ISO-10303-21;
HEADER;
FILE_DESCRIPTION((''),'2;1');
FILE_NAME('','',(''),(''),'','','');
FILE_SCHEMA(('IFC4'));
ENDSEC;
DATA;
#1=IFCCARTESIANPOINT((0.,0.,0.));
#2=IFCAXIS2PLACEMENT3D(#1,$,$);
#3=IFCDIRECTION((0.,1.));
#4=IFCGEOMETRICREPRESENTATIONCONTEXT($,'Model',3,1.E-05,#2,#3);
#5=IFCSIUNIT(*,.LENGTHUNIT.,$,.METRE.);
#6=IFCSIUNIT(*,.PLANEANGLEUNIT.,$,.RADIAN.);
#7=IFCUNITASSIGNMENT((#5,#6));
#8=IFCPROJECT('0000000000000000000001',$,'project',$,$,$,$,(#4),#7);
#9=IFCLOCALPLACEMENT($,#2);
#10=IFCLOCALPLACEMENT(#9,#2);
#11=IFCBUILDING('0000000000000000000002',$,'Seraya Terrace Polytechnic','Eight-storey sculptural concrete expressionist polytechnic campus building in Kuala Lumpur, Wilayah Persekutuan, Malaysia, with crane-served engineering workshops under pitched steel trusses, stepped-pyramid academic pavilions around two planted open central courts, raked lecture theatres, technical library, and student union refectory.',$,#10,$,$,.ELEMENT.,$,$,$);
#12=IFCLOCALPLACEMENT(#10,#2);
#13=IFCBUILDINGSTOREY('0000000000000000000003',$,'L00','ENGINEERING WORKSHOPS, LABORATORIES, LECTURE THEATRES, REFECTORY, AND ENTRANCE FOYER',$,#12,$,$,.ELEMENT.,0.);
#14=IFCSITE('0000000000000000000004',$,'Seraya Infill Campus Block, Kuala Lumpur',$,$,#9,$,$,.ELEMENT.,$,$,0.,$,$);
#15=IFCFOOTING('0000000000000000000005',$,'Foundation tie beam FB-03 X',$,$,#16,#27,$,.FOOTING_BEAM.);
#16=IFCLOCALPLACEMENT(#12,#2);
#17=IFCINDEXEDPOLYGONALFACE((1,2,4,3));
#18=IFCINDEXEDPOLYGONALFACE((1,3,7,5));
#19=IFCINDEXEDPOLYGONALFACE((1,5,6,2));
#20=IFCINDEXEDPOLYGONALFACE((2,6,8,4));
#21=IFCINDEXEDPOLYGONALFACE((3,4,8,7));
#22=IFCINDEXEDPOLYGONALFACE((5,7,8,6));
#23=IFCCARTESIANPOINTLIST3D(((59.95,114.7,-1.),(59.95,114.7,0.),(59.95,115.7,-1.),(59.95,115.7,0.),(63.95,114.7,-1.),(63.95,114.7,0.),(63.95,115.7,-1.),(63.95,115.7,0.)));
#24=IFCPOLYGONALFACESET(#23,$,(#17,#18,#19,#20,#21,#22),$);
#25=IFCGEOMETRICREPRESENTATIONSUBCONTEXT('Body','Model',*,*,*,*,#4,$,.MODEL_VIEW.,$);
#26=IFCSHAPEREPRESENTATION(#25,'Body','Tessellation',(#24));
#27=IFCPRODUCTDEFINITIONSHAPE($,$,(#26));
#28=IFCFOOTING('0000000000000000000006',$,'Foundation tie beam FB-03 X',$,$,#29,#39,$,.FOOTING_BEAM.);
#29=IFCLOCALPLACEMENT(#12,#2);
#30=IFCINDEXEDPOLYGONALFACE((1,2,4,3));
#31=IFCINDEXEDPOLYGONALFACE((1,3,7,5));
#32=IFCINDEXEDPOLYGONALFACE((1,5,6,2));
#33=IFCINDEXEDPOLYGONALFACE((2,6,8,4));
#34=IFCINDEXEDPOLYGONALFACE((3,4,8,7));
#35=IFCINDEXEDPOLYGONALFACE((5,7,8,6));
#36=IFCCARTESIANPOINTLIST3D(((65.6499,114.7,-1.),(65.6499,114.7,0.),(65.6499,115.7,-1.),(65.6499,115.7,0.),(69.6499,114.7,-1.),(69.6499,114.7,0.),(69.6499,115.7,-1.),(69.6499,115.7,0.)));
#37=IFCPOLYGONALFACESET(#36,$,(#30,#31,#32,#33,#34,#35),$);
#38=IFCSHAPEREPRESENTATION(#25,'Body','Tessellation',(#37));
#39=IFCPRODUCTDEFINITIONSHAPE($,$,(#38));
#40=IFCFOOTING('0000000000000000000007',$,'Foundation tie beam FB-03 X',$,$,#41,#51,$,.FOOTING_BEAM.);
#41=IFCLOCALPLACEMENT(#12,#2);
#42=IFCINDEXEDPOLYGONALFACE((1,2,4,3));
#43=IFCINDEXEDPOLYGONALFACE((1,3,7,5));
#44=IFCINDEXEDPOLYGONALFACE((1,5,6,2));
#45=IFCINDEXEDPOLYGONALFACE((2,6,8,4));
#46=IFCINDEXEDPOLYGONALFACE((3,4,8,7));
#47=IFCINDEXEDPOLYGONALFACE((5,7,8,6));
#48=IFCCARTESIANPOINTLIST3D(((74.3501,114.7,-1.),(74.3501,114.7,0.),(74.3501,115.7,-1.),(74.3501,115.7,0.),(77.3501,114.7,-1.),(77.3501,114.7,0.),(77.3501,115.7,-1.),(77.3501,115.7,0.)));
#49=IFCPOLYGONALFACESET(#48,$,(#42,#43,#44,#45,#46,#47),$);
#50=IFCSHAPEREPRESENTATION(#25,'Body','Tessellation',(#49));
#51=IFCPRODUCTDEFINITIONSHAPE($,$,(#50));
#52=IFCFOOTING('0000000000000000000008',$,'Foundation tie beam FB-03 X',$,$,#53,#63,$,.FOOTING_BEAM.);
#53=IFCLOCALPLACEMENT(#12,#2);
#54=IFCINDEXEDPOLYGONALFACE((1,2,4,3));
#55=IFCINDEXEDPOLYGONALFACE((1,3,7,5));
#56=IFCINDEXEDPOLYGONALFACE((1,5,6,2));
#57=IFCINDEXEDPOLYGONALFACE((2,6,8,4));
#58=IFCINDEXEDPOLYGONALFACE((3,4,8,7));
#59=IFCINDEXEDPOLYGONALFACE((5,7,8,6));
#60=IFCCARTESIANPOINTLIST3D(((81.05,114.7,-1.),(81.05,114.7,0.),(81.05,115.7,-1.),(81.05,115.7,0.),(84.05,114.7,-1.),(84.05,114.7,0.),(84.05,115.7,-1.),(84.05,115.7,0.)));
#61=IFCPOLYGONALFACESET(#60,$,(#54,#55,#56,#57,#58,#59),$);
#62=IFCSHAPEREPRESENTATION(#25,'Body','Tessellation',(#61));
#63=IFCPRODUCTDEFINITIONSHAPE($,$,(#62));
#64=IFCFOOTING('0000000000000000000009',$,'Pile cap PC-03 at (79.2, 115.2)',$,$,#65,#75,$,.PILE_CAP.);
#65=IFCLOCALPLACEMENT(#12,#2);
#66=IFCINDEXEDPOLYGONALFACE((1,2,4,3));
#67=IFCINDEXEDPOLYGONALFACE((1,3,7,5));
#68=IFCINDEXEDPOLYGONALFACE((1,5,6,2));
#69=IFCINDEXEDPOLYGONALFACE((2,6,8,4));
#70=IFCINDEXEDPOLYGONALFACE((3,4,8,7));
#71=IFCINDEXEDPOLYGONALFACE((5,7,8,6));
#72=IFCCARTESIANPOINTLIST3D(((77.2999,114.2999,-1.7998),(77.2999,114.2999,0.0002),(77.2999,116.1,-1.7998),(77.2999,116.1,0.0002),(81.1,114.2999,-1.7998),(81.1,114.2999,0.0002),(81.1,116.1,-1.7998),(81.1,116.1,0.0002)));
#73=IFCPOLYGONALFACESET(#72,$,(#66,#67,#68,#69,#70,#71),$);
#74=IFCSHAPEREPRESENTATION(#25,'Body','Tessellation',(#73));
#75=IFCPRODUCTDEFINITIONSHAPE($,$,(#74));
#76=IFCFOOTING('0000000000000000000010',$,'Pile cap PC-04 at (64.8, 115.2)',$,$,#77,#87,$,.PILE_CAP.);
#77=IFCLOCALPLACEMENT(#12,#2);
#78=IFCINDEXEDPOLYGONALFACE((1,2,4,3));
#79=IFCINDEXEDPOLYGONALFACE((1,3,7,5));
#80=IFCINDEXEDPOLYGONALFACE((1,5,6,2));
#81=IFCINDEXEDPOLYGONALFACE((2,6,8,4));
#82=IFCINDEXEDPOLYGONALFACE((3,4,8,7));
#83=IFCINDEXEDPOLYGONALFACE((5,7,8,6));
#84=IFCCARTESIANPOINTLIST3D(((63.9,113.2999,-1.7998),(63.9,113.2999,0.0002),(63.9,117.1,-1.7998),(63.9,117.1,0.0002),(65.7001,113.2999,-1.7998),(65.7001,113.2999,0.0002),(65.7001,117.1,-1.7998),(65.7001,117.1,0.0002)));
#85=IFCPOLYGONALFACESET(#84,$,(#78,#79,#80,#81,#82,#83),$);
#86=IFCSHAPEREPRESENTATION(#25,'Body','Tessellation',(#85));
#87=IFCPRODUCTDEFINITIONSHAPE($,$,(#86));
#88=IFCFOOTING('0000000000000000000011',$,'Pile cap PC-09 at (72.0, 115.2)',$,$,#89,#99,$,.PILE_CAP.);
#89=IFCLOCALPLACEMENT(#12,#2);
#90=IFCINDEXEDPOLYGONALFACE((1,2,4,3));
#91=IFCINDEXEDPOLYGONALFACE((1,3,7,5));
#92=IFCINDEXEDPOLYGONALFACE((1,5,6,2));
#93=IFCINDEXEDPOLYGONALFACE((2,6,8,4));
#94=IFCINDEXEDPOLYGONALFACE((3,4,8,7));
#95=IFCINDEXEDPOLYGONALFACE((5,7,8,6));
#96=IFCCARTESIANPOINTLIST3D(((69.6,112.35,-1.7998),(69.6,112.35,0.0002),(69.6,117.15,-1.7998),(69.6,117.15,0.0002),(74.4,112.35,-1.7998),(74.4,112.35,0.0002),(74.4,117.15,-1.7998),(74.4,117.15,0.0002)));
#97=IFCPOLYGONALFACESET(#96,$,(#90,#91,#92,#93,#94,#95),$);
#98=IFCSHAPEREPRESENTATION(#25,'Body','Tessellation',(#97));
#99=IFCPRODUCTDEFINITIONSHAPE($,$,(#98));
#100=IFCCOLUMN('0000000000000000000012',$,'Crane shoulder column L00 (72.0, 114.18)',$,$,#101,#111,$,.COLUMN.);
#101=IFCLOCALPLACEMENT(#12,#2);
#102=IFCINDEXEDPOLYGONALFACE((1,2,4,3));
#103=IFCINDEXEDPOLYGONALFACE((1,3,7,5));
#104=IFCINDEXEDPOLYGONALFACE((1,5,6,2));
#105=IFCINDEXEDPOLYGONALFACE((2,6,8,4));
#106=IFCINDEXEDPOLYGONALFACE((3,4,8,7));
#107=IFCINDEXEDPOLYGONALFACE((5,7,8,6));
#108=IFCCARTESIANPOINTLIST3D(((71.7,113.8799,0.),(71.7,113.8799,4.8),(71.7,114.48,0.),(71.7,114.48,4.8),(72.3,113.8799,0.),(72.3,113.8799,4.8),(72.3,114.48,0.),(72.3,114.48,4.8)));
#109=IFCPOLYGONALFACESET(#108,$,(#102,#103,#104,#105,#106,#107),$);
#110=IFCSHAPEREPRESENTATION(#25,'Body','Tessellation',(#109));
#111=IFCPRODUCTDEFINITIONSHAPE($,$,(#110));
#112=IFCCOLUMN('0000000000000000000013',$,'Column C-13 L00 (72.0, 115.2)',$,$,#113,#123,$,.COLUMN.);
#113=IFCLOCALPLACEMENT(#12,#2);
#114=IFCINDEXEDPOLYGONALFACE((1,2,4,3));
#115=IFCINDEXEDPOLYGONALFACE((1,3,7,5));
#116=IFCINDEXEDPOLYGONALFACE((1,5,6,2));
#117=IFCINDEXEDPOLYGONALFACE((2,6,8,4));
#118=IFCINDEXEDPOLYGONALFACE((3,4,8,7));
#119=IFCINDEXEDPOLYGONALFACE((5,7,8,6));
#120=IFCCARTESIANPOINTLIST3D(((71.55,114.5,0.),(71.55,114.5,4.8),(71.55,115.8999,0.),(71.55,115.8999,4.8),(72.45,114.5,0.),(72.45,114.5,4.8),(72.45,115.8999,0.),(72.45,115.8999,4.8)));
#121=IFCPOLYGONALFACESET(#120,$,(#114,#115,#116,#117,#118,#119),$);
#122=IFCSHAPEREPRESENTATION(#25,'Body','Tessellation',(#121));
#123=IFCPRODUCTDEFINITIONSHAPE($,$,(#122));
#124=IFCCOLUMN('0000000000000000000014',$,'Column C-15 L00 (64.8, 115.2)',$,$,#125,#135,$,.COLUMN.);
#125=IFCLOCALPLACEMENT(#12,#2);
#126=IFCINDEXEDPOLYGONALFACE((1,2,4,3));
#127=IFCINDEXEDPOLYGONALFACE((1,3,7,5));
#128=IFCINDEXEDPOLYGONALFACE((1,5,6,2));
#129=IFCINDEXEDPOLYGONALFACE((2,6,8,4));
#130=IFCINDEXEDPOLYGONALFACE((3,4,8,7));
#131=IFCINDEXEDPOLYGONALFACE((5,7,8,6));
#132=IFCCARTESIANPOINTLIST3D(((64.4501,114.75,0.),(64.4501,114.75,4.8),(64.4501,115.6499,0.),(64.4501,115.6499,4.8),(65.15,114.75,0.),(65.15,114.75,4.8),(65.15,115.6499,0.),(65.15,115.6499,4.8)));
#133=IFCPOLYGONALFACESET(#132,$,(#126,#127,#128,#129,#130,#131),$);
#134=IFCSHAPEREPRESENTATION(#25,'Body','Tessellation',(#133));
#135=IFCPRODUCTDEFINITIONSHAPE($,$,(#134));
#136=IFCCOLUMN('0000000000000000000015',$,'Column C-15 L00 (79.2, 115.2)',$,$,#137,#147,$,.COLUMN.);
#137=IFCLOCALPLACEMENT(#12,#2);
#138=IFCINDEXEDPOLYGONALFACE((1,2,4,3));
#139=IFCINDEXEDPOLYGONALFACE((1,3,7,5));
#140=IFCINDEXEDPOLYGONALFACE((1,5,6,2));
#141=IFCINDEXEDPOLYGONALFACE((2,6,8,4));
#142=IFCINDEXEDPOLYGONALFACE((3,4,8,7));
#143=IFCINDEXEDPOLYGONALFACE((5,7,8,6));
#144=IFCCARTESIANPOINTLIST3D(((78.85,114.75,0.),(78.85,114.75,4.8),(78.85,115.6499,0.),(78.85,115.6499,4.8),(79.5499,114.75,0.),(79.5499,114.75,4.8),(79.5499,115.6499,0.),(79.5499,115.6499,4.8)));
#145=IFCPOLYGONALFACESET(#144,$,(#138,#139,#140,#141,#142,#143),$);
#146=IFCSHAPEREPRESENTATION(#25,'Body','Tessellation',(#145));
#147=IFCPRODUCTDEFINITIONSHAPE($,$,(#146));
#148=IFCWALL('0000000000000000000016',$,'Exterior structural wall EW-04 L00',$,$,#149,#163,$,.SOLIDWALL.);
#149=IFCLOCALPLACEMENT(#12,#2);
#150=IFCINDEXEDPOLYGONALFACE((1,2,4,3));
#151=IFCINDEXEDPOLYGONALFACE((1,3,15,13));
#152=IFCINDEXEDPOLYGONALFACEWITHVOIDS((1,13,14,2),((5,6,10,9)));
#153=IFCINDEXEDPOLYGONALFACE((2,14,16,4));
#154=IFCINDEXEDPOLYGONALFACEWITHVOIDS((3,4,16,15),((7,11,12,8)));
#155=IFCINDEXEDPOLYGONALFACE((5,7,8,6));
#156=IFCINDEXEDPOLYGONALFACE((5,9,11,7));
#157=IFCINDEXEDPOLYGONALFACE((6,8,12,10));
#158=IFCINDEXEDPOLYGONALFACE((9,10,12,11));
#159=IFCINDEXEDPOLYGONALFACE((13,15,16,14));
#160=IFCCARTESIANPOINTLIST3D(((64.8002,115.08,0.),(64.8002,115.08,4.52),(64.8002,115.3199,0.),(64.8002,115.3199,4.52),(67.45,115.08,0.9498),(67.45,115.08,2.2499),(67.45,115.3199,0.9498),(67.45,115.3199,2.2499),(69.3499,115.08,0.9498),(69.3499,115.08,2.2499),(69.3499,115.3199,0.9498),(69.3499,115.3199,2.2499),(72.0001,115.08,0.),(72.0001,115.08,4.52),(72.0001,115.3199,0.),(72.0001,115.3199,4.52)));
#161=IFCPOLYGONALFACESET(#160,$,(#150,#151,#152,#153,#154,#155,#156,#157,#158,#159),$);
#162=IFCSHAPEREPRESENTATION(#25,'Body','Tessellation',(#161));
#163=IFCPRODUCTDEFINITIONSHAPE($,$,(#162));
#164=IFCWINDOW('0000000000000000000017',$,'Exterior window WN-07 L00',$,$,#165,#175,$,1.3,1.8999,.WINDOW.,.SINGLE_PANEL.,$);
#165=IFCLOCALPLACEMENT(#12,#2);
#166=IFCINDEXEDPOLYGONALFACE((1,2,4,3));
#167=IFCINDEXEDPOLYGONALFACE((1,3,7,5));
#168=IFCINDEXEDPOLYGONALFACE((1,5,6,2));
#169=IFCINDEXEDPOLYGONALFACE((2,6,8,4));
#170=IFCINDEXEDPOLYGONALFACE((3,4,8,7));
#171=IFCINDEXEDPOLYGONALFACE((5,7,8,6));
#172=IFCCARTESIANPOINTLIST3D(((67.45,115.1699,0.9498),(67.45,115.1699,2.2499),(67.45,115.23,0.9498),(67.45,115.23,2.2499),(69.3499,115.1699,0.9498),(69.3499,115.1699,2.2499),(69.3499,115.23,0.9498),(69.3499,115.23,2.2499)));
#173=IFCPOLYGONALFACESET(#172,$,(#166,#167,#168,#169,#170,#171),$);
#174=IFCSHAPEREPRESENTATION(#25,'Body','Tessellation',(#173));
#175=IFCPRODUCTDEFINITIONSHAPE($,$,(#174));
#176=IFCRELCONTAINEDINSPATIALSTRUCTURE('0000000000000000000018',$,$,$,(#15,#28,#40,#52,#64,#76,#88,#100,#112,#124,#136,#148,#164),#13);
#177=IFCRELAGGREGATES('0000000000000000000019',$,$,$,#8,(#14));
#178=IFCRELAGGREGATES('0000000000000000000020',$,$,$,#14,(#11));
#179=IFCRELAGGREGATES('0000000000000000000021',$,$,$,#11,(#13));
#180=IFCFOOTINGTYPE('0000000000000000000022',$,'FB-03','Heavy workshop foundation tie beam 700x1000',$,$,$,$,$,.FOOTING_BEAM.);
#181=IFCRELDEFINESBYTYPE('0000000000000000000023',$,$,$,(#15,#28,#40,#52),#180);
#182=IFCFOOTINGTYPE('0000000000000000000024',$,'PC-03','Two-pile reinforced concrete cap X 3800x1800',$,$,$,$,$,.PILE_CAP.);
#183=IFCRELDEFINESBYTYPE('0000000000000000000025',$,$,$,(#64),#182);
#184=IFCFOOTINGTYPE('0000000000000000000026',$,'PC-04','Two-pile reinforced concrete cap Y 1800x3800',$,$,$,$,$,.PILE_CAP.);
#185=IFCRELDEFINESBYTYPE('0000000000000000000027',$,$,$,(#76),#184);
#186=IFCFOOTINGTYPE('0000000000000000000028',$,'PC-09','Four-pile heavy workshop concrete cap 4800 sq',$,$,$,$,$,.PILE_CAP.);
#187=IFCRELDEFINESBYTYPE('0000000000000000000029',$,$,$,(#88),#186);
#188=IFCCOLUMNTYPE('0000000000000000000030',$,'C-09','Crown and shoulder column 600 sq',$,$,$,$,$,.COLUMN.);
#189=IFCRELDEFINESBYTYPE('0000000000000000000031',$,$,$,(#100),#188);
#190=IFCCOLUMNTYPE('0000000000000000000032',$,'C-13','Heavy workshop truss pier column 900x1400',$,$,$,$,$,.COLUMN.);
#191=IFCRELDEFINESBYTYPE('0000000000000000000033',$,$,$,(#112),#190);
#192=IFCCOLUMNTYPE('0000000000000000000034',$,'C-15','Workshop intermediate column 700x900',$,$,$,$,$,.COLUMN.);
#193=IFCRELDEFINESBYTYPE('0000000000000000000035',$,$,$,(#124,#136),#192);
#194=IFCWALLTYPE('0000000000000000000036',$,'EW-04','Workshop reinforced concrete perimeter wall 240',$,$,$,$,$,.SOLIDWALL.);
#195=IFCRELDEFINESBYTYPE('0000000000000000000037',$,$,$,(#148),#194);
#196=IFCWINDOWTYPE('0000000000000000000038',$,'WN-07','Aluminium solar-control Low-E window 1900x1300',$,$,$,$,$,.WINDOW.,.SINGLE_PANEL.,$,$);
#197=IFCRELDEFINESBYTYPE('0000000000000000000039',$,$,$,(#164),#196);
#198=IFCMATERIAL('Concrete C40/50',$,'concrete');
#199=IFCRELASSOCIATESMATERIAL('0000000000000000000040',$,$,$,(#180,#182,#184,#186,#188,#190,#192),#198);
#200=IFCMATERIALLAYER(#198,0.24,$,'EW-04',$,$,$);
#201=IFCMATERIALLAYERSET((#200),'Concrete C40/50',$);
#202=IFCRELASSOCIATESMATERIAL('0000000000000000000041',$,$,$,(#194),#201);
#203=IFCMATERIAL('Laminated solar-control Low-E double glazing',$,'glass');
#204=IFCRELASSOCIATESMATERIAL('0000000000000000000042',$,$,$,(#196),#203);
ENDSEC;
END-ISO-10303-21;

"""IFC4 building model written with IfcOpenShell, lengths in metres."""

from ifc_helpers import new_model, si_unit, direction, frame, frame_2d, origin, origin_2d, place, context, subcontext, project, spatial, rectangle, extrude, material, layer, layer_set, material_profile, profile_set, type_object, element, fill, save


model = new_model("IFC4")

# Units and contexts
model_context = context("Model", 3, precision=1e-05, world=origin(), true_north=direction((0.0, 1.0)))
body_context = subcontext(model_context, "Body", "Model", "MODEL_VIEW")
ifc_project = project(units=[si_unit("LENGTHUNIT", "METRE"), si_unit("PLANEANGLEUNIT", "RADIAN")], contexts=[model_context])

# Site, building, storey
site_placement = place(None, origin())
site = spatial("IfcSite", under=ifc_project, at=site_placement, Name="Seraya Infill Campus Block, Kuala Lumpur", CompositionType="ELEMENT", RefElevation=0.0)
building_placement = place(site_placement, origin())
building = spatial("IfcBuilding", under=site, at=building_placement, Name="Seraya Terrace Polytechnic", Description="Eight-storey sculptural concrete expressionist polytechnic campus building in Kuala Lumpur, Wilayah Persekutuan, Malaysia, with crane-served engineering workshops under pitched steel trusses, stepped-pyramid academic pavilions around two planted open central courts, raked lecture theatres, technical library, and student union refectory.", CompositionType="ELEMENT")
storey_placement = place(building_placement, origin())
storey = spatial("IfcBuildingStorey", under=building, at=storey_placement, Name="L00", Description="ENGINEERING WORKSHOPS, LABORATORIES, LECTURE THEATRES, REFECTORY, AND ENTRANCE FOYER", CompositionType="ELEMENT", Elevation=0.0)

# Shared definitions
ifc_material_1 = material(Name="Concrete C40/50", Category="concrete")

# Footings
footing_type_1 = type_object("IfcFootingType", Name="FB-03", Description="Heavy workshop foundation tie beam 700x1000", PredefinedType="FOOTING_BEAM", material=ifc_material_1)
for number, where, z_axis, x_axis, name in (
    (1, (61.95, 115.2, -1.0), (0.0, 0.0, 1.0), (1.0, 0.0, 0.0), "Foundation tie beam FB-03 X"),
    (2, (67.6499, 115.2, -1.0), (0.0, 0.0, 1.0), (1.0, 0.0, 0.0), "Foundation tie beam FB-03 X"),
):
    element("IfcFooting", number, at=place(storey_placement, frame(where, z_axis=z_axis, x_axis=x_axis)), inside=storey, type_object=footing_type_1, Name=name, PredefinedType="FOOTING_BEAM", context=body_context, shape_type="SweptSolid", body=[
        extrude(rectangle(XDim=4.0, YDim=1.0, at=origin_2d()), origin(), (0.0, 0.0, 1.0), 1.0),
    ])
for number, where, z_axis, x_axis, name in (
    (3, (75.8501, 115.2, -1.0), (0.0, 0.0, 1.0), (1.0, 0.0, 0.0), "Foundation tie beam FB-03 X"),
    (4, (82.55, 115.2, -1.0), (0.0, 0.0, 1.0), (1.0, 0.0, 0.0), "Foundation tie beam FB-03 X"),
):
    element("IfcFooting", number, at=place(storey_placement, frame(where, z_axis=z_axis, x_axis=x_axis)), inside=storey, type_object=footing_type_1, Name=name, PredefinedType="FOOTING_BEAM", context=body_context, shape_type="SweptSolid", body=[
        extrude(rectangle(XDim=3.0, YDim=1.0, at=origin_2d()), origin(), (0.0, 0.0, 1.0), 1.0),
    ])
footing_type_2 = type_object("IfcFootingType", Name="PC-03", Description="Two-pile reinforced concrete cap X 3800x1800", PredefinedType="PILE_CAP", material=ifc_material_1)
footing_1_placement = place(storey_placement, frame((79.2, 115.2, -1.7998), z_axis=(0.0, 0.0, 1.0), x_axis=(1.0, 0.0, 0.0)))
element("IfcFooting", 5, at=footing_1_placement, inside=storey, type_object=footing_type_2, Name="Pile cap PC-03 at (79.2, 115.2)", PredefinedType="PILE_CAP", context=body_context, shape_type="SweptSolid", body=[
    extrude(rectangle(XDim=3.8, YDim=1.8, at=origin_2d()), origin(), (0.0, 0.0, 1.0), 1.8),
])
footing_type_3 = type_object("IfcFootingType", Name="PC-04", Description="Two-pile reinforced concrete cap Y 1800x3800", PredefinedType="PILE_CAP", material=ifc_material_1)
footing_2_placement = place(storey_placement, frame((64.8, 115.2, -1.7998), z_axis=(0.0, 0.0, 1.0), x_axis=(1.0, 0.0, 0.0)))
element("IfcFooting", 6, at=footing_2_placement, inside=storey, type_object=footing_type_3, Name="Pile cap PC-04 at (64.8, 115.2)", PredefinedType="PILE_CAP", context=body_context, shape_type="SweptSolid", body=[
    extrude(rectangle(XDim=1.8, YDim=3.8, at=origin_2d()), origin(), (0.0, 0.0, 1.0), 1.8),
])
footing_type_4 = type_object("IfcFootingType", Name="PC-09", Description="Four-pile heavy workshop concrete cap 4800 sq", PredefinedType="PILE_CAP", material=ifc_material_1)
footing_3_placement = place(storey_placement, frame((72.0, 114.75, -1.7998), z_axis=(0.0, 0.0, 1.0), x_axis=(1.0, 0.0, 0.0)))
element("IfcFooting", 7, at=footing_3_placement, inside=storey, type_object=footing_type_4, Name="Pile cap PC-09 at (72.0, 115.2)", PredefinedType="PILE_CAP", context=body_context, shape_type="SweptSolid", body=[
    extrude(rectangle(XDim=4.8, YDim=4.8, at=origin_2d()), origin(), (0.0, 0.0, 1.0), 1.8),
])

# Columns
ifc_material_profile_1 = material_profile(ifc_material_1, rectangle(XDim=0.6001, YDim=0.6001, at=origin_2d()), Name="RC 600x600")
ifc_profile_set_1 = profile_set([ifc_material_profile_1], Name="Concrete C40/50")
column_type_1 = type_object("IfcColumnType", Name="C-09", Description="Crown and shoulder column 600 sq", PredefinedType="COLUMN", material=ifc_profile_set_1)
column_1_placement = place(storey_placement, frame((72.0, 114.1799, 0.0), z_axis=(0.0, 0.0, 1.0), x_axis=(1.0, 0.0, 0.0)))
element("IfcColumn", 8, at=column_1_placement, inside=storey, type_object=column_type_1, Name="Crane shoulder column L00 (72.0, 114.18)", PredefinedType="COLUMN", context=body_context, shape_type="SweptSolid", body=[
    extrude(rectangle(XDim=0.6001, YDim=0.6001, at=origin_2d()), origin(), (0.0, 0.0, 1.0), 4.8),
])
ifc_material_profile_2 = material_profile(ifc_material_1, rectangle(XDim=0.8999, YDim=1.3999, at=origin_2d()), Name="RC 900x1400")
ifc_profile_set_2 = profile_set([ifc_material_profile_2], Name="Concrete C40/50")
column_type_2 = type_object("IfcColumnType", Name="C-13", Description="Heavy workshop truss pier column 900x1400", PredefinedType="COLUMN", material=ifc_profile_set_2)
column_2_placement = place(storey_placement, frame((72.0, 115.2, 0.0), z_axis=(0.0, 0.0, 1.0), x_axis=(1.0, 0.0, 0.0)))
element("IfcColumn", 9, at=column_2_placement, inside=storey, type_object=column_type_2, Name="Column C-13 L00 (72.0, 115.2)", PredefinedType="COLUMN", context=body_context, shape_type="SweptSolid", body=[
    extrude(rectangle(XDim=0.8999, YDim=1.3999, at=origin_2d()), origin(), (0.0, 0.0, 1.0), 4.8),
])
ifc_material_profile_3 = material_profile(ifc_material_1, rectangle(XDim=0.7, YDim=0.8999, at=origin_2d()), Name="RC 700x900")
ifc_profile_set_3 = profile_set([ifc_material_profile_3], Name="Concrete C40/50")
column_type_3 = type_object("IfcColumnType", Name="C-15", Description="Workshop intermediate column 700x900", PredefinedType="COLUMN", material=ifc_profile_set_3)
for number, where, z_axis, x_axis, name in (
    (10, (64.8, 115.2, 0.0), (0.0, 0.0, 1.0), (1.0, 0.0, 0.0), "Column C-15 L00 (64.8, 115.2)"),
    (11, (79.2, 115.2, 0.0), (0.0, 0.0, 1.0), (1.0, 0.0, 0.0), "Column C-15 L00 (79.2, 115.2)"),
):
    element("IfcColumn", number, at=place(storey_placement, frame(where, z_axis=z_axis, x_axis=x_axis)), inside=storey, type_object=column_type_3, Name=name, PredefinedType="COLUMN", context=body_context, shape_type="SweptSolid", body=[
        extrude(rectangle(XDim=0.7, YDim=0.8999, at=origin_2d()), origin(), (0.0, 0.0, 1.0), 4.8),
    ])

# Wall, opening, window
ifc_layer = layer(ifc_material_1, 0.24, Name="EW-04")
ifc_layer_set = layer_set([ifc_layer], Name="Concrete C40/50")
wall_type = type_object("IfcWallType", Name="EW-04", Description="Workshop reinforced concrete perimeter wall 240", PredefinedType="SOLIDWALL", material=ifc_layer_set)
wall_1_placement = place(storey_placement, frame((64.8, 115.2, 0.0), z_axis=(0.0, 0.0, 1.0), x_axis=(1.0, 0.0, 0.0)))
wall_1 = element("IfcWall", 12, at=wall_1_placement, inside=storey, type_object=wall_type, Name="Exterior structural wall EW-04 L00", PredefinedType="SOLIDWALL", context=body_context, shape_type="SweptSolid", body=[
    extrude(rectangle(XDim=7.2, YDim=0.24, at=frame_2d((3.6001, 0.0))), origin(), (0.0, 0.0, 1.0), 4.52),
])
opening_1_placement = place(wall_1_placement, frame((2.6499, 0.0, 0.95)))
opening_1 = element("IfcOpeningElement", 13, at=opening_1_placement, cuts=wall_1, PredefinedType="OPENING", context=body_context, shape_type="SweptSolid", body=[
    extrude(rectangle(XDim=1.8999, YDim=1.3, at=frame_2d((0.95, 0.6499))), frame((0.0, 0.1318, 0.0), z_axis=(0.0, -1.0, 0.0), x_axis=(1.0, 0.0, 0.0)), (0.0, 0.0, 1.0), 0.2639),
])
ifc_material_2 = material(Name="Laminated solar-control Low-E double glazing", Category="glass")
window_type_1 = type_object("IfcWindowType", Name="WN-07", Description="Aluminium solar-control Low-E window 1900x1300", PartitioningType="SINGLE_PANEL", PredefinedType="WINDOW", material=ifc_material_2)
window_1_placement = place(opening_1_placement, origin())
window_1 = element("IfcWindow", 14, at=window_1_placement, inside=storey, type_object=window_type_1, Name="Exterior window WN-07 L00", OverallHeight=1.3, OverallWidth=1.8999, PartitioningType="SINGLE_PANEL", PredefinedType="WINDOW", context=body_context, shape_type="SweptSolid", body=[
    extrude(rectangle(XDim=1.8999, YDim=1.3, at=frame_2d((0.95, 0.6499))), frame((0.0, 0.03, 0.0), z_axis=(0.0, -1.0, 0.0), x_axis=(1.0, 0.0, 0.0)), (0.0, 0.0, 1.0), 0.0601),
])
fill(opening_1, window_1)

save(model, "model.ifc")
